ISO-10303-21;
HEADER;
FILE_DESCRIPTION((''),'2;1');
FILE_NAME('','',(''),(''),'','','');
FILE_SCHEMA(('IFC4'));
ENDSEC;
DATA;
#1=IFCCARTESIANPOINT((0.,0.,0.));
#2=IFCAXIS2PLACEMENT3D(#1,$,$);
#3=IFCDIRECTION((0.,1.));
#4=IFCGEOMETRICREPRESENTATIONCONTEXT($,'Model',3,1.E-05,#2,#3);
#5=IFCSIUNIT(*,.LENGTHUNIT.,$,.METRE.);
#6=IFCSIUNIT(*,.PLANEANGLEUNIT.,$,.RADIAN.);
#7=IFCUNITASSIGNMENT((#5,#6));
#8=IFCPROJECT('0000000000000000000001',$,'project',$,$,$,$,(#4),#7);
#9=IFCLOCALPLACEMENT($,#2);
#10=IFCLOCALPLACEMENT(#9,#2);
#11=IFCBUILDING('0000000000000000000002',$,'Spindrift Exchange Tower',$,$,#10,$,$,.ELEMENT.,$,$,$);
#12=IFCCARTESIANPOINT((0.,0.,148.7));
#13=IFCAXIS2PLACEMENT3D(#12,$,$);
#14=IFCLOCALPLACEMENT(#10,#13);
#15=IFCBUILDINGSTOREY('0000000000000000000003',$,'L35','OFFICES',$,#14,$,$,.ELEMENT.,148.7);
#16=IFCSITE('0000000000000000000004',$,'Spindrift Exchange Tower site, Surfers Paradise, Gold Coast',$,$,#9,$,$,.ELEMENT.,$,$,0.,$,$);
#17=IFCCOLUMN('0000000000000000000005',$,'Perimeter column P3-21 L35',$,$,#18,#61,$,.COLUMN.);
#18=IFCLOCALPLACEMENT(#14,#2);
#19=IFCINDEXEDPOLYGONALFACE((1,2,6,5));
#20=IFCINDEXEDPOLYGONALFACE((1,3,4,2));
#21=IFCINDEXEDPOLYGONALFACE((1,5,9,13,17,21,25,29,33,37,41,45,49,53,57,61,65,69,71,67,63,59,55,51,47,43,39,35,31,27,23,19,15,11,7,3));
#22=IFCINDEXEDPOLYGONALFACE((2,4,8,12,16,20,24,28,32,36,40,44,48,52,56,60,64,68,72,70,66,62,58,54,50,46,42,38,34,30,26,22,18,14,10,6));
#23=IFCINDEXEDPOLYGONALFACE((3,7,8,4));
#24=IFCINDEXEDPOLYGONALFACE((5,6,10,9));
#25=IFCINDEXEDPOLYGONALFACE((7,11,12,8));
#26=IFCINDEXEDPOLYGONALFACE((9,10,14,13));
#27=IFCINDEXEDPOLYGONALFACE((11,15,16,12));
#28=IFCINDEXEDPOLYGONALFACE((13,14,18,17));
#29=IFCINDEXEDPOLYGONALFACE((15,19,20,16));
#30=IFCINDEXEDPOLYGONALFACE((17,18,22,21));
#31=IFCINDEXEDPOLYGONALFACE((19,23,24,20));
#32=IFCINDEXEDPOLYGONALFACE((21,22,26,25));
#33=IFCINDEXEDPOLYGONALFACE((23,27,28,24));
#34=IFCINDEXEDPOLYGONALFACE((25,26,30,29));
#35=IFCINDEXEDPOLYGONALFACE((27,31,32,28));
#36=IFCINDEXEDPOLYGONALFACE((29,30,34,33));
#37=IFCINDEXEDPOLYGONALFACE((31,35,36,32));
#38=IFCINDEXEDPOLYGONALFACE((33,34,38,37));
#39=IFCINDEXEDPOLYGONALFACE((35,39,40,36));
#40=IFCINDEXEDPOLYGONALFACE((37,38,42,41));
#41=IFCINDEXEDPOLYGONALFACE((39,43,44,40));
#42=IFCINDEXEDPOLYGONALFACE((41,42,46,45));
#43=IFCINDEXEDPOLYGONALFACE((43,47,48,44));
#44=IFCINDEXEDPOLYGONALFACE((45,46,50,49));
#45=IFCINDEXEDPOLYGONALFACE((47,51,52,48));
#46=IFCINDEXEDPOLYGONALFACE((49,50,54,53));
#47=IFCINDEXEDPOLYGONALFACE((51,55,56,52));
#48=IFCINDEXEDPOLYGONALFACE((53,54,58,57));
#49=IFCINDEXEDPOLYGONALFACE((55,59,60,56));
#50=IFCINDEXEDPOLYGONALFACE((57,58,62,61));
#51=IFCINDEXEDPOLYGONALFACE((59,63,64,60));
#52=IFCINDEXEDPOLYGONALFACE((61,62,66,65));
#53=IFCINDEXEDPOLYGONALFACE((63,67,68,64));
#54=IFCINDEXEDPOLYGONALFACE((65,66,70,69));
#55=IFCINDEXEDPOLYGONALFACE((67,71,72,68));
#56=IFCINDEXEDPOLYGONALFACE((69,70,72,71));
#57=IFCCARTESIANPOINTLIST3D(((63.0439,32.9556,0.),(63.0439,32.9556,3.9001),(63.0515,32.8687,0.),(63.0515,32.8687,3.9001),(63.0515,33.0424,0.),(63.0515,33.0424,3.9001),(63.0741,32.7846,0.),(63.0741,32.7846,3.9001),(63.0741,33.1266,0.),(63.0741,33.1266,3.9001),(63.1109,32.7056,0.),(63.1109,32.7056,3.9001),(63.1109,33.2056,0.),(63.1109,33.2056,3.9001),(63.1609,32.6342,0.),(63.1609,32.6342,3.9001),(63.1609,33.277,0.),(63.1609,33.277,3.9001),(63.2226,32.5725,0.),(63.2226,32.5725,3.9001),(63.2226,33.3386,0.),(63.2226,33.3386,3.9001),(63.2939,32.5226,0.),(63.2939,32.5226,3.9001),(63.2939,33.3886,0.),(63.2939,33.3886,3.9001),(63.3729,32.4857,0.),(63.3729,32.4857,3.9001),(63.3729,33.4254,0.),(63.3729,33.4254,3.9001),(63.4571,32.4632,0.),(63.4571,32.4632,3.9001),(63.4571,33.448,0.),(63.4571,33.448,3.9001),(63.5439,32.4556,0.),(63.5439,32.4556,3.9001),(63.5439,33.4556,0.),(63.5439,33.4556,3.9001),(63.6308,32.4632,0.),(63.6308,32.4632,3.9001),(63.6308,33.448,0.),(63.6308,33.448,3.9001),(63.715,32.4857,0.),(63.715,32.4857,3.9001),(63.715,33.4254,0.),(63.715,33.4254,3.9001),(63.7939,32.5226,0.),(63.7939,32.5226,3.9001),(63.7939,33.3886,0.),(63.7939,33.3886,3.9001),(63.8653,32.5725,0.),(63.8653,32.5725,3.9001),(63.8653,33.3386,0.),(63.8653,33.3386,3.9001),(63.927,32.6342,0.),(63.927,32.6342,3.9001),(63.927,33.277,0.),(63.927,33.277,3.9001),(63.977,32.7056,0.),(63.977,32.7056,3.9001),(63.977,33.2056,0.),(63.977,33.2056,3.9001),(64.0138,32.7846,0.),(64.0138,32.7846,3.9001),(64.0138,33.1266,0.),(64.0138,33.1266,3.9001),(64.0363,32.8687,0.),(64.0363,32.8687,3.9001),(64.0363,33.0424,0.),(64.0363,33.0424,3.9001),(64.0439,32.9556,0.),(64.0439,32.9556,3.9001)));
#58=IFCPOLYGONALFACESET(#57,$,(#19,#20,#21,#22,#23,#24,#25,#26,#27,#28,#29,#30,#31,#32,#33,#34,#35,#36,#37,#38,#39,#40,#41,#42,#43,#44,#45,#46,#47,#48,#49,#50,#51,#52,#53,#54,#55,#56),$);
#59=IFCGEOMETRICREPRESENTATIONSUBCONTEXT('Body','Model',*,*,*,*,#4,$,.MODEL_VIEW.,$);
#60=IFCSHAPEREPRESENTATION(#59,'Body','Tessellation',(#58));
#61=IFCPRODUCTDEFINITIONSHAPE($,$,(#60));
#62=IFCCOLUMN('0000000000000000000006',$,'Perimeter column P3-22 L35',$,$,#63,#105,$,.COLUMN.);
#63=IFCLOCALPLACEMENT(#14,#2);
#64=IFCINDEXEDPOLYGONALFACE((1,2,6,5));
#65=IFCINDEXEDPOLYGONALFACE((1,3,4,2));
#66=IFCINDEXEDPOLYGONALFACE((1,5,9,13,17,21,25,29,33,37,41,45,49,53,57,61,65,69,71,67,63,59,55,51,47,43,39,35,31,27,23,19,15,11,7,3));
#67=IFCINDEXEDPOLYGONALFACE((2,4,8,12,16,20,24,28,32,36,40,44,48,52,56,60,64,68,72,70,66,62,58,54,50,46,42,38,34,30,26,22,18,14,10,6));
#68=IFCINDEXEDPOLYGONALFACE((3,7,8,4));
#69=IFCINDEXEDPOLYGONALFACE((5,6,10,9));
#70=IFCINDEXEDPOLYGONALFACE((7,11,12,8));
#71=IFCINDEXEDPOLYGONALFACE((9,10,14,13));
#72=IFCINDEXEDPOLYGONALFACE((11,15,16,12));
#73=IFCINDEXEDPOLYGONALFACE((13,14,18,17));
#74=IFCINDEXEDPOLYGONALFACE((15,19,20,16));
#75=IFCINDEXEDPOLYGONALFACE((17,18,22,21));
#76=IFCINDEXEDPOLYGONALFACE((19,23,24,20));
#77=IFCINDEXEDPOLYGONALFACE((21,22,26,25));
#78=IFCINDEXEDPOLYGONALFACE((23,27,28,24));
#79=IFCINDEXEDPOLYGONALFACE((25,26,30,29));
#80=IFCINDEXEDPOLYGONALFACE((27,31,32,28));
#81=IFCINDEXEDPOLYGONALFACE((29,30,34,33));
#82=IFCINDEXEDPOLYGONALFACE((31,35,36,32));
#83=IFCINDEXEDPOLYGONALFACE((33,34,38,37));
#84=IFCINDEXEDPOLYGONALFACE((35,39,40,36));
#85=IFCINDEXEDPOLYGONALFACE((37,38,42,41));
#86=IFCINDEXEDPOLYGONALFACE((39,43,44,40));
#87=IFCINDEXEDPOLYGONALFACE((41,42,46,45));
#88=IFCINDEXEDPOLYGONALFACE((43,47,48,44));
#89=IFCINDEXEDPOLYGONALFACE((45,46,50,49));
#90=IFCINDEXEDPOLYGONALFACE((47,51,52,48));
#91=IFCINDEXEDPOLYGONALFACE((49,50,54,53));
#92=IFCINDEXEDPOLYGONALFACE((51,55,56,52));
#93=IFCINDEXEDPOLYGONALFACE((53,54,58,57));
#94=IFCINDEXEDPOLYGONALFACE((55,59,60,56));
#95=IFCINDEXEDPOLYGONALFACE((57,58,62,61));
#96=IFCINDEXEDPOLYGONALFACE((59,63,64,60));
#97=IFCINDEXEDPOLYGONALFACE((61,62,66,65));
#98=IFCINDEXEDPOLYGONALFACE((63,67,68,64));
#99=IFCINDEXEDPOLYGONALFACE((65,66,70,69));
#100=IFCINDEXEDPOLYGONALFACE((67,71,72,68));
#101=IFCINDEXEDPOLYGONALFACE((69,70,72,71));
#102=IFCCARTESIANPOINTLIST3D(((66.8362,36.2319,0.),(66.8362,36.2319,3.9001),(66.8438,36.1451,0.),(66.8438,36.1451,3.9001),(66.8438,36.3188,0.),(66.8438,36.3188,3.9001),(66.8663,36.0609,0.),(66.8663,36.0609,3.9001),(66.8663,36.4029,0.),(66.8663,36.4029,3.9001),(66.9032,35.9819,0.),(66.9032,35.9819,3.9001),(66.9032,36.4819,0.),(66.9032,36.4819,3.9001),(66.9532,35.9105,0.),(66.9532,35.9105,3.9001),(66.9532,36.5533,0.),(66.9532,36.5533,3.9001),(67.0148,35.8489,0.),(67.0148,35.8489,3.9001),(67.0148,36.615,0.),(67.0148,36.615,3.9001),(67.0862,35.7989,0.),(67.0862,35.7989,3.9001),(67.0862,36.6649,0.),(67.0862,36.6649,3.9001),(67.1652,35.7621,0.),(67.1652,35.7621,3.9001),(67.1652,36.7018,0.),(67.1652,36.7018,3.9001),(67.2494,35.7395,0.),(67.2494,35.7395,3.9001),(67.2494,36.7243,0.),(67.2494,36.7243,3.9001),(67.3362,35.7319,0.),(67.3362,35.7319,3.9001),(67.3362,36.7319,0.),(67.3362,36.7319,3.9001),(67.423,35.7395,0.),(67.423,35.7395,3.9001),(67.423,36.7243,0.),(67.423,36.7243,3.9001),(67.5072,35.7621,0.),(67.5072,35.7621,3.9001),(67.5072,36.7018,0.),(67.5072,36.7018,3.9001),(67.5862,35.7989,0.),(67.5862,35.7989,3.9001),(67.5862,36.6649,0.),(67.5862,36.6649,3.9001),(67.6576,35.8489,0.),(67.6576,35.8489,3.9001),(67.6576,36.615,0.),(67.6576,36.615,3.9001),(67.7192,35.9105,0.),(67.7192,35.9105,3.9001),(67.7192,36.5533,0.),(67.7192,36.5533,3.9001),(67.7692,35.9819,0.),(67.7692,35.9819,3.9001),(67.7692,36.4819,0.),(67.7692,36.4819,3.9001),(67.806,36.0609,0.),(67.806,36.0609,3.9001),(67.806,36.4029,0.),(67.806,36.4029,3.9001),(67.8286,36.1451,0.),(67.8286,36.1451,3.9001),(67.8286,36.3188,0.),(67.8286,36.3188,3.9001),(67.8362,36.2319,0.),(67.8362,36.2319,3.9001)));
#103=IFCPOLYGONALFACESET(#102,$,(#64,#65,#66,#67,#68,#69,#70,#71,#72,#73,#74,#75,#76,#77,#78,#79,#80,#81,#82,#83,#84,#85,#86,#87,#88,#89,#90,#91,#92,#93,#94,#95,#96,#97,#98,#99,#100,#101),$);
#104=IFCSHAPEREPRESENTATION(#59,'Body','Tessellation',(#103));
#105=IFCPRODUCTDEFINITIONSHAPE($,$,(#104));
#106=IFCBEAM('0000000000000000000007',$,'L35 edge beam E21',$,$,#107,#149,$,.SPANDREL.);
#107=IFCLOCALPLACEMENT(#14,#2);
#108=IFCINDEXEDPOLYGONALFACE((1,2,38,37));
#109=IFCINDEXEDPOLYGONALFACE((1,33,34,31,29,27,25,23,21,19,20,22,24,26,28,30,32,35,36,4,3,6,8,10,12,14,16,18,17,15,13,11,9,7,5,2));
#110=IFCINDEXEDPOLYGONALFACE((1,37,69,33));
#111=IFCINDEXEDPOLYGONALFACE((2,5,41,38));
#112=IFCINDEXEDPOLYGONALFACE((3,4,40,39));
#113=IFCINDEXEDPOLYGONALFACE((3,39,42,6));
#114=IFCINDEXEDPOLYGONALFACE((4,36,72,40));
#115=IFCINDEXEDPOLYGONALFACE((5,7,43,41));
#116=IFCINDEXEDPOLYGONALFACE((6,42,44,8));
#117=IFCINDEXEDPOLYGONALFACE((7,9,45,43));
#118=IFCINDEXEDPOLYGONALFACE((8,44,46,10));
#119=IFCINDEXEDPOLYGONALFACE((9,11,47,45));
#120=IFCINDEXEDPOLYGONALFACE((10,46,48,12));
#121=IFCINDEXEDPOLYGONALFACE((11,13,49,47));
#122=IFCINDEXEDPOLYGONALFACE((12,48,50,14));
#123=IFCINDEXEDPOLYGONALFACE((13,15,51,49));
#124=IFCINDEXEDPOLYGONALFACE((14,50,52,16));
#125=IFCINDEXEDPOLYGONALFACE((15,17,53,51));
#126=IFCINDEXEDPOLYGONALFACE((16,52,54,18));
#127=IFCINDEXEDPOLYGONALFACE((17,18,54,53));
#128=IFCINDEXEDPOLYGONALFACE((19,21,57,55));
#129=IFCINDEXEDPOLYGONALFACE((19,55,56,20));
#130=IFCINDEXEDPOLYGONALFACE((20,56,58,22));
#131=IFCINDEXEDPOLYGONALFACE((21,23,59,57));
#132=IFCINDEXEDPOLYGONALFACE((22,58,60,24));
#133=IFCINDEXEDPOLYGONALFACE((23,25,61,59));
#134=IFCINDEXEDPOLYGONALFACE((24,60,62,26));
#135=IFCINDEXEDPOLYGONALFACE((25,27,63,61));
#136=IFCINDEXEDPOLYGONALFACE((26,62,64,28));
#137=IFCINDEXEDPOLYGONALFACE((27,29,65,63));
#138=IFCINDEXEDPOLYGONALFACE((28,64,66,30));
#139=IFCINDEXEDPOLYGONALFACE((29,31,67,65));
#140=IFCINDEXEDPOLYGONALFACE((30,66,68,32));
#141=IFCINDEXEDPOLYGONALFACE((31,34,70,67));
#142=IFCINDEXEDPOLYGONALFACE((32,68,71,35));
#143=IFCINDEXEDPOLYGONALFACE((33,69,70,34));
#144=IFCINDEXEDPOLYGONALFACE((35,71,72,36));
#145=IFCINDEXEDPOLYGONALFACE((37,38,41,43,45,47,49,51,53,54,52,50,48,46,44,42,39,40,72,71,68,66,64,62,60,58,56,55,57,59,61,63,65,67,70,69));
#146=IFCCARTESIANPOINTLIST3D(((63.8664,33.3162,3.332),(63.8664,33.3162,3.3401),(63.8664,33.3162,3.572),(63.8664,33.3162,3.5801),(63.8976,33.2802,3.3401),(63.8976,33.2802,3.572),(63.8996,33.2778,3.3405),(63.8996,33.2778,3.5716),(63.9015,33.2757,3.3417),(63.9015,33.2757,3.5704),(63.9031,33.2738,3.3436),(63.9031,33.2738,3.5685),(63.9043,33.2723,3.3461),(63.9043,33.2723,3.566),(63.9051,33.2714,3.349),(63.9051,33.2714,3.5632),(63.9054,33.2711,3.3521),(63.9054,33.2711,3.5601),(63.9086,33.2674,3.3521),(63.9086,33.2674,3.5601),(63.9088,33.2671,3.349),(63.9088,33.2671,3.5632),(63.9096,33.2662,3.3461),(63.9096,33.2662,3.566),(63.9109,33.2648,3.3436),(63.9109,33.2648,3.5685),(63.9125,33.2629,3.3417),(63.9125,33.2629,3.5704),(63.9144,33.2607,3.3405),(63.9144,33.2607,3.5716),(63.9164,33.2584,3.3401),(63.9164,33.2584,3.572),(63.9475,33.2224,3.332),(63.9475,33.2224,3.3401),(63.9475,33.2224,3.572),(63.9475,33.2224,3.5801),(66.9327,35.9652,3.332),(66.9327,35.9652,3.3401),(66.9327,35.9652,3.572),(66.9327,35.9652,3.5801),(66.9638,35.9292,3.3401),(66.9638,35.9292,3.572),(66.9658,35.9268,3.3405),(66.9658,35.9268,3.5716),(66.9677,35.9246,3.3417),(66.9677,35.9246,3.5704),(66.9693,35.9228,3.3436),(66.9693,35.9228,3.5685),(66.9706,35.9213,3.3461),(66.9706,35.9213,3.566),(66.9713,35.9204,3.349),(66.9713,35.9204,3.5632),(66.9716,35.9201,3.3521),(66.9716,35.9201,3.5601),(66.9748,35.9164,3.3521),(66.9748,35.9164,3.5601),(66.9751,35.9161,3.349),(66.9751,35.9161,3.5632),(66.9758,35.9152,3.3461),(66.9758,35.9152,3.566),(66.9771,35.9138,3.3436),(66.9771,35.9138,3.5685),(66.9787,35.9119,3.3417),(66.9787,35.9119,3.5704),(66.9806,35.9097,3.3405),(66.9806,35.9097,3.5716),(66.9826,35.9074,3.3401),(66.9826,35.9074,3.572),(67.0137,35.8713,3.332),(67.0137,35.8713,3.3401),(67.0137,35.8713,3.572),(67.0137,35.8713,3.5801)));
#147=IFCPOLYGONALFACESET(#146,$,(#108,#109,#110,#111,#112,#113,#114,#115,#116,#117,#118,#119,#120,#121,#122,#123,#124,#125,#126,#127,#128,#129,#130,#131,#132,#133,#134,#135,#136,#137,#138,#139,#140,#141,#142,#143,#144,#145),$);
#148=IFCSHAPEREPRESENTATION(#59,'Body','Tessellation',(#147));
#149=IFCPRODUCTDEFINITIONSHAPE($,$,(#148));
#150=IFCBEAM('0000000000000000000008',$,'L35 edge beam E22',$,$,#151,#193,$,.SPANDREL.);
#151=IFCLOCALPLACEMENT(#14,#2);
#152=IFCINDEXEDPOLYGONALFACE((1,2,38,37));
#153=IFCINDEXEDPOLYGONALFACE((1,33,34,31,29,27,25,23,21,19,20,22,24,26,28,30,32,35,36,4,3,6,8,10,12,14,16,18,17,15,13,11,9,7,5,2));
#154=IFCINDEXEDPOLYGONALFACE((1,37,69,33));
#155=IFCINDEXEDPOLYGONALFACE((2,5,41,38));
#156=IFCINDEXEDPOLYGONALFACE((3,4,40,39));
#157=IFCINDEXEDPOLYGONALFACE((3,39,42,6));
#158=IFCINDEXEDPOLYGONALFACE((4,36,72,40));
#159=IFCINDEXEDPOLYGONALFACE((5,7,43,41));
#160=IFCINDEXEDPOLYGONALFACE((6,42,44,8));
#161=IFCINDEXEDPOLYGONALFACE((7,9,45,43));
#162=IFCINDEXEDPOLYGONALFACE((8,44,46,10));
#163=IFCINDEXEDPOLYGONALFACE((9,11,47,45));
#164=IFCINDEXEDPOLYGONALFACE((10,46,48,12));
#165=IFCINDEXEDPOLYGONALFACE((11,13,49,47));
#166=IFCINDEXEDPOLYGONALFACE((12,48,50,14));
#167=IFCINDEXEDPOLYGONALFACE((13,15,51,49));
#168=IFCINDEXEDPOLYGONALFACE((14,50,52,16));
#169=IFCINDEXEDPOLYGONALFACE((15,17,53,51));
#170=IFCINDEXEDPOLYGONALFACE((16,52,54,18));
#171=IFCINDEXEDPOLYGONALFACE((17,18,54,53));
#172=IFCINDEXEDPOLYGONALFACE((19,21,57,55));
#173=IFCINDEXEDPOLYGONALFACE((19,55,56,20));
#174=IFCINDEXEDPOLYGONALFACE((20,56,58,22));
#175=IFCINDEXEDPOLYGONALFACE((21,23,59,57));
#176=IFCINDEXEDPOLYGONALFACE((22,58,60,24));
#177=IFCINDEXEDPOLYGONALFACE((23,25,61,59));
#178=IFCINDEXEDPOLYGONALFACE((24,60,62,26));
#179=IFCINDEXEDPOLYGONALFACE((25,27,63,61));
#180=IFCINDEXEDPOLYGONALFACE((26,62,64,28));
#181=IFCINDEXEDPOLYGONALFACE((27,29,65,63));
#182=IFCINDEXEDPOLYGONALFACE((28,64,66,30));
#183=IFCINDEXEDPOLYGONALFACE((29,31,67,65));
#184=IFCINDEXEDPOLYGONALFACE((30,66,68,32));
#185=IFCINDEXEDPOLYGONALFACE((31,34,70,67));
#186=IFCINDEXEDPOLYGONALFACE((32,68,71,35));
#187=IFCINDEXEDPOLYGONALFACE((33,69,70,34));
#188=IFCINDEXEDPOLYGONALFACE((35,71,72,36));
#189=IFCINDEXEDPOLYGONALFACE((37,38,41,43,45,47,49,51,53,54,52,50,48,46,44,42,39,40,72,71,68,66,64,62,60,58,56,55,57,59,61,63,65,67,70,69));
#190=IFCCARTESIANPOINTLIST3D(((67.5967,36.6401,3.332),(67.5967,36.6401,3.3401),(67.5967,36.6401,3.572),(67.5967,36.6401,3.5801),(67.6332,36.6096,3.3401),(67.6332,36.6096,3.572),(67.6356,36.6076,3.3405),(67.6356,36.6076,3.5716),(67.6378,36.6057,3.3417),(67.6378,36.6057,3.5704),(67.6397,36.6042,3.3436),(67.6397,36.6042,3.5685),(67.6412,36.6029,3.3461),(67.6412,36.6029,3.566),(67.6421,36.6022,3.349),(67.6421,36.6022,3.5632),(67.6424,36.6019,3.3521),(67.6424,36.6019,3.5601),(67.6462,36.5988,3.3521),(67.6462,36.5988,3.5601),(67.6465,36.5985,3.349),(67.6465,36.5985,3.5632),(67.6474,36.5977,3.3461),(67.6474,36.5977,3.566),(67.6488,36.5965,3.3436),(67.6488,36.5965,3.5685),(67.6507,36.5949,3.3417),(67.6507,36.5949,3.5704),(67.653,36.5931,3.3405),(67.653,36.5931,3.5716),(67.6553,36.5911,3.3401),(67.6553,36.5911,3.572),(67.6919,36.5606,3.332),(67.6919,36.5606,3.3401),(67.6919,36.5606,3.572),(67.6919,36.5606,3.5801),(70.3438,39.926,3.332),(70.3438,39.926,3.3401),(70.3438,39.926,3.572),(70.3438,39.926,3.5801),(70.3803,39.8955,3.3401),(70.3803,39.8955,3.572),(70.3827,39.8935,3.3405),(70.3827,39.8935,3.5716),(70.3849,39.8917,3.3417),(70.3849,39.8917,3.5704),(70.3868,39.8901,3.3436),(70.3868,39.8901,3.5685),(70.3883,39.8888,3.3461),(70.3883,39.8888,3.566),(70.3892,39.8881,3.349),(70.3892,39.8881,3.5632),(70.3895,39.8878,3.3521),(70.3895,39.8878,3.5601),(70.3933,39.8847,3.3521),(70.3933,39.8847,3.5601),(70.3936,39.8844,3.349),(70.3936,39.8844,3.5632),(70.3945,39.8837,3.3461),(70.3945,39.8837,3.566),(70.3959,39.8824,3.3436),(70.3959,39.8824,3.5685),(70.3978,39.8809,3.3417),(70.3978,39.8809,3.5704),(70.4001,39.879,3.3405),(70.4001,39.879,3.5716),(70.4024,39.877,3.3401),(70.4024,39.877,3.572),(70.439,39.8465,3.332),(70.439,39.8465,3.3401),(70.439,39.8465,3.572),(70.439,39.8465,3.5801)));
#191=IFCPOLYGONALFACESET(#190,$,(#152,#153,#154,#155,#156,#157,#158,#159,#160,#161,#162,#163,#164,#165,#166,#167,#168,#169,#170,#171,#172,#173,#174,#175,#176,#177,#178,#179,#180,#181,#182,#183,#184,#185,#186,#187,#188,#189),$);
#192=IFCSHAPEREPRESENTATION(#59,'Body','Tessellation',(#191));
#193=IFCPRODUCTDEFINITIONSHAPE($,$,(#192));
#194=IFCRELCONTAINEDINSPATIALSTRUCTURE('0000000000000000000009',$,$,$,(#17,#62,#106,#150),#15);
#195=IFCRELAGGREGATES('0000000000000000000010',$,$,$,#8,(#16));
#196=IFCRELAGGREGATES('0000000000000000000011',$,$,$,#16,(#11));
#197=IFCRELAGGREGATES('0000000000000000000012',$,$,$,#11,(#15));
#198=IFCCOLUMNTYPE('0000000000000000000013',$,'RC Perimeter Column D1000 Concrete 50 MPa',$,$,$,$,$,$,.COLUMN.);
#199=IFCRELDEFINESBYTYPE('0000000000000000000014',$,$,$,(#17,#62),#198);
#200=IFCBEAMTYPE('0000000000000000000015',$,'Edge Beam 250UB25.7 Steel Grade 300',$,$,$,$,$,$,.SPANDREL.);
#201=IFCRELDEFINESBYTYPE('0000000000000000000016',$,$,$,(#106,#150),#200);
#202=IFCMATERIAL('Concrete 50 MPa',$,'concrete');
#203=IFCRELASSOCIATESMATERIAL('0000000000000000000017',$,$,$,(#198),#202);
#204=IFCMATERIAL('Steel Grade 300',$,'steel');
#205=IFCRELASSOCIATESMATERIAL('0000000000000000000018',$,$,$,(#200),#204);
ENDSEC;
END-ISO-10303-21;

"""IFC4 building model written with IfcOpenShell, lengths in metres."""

from ifc_helpers import new_model, si_unit, direction, frame, origin, origin_2d, place, context, subcontext, project, spatial, circle, i_section, extrude, source, transform, mapped, material, material_profile, profile_set, type_object, element, save


model = new_model("IFC4")

# Units and contexts
model_context = context("Model", 3, precision=1e-05, world=origin(), true_north=direction((0.0, 1.0)))
body_context = subcontext(model_context, "Body", "Model", "MODEL_VIEW")
ifc_project = project(units=[si_unit("LENGTHUNIT", "METRE"), si_unit("PLANEANGLEUNIT", "RADIAN")], contexts=[model_context])

# Site, building, storey
site_placement = place(None, origin())
site = spatial("IfcSite", under=ifc_project, at=site_placement, Name="Spindrift Exchange Tower site, Surfers Paradise, Gold Coast", CompositionType="ELEMENT", RefElevation=0.0)
building_placement = place(site_placement, origin())
building = spatial("IfcBuilding", under=site, at=building_placement, Name="Spindrift Exchange Tower", CompositionType="ELEMENT")
storey_placement = place(building_placement, frame((0.0, 0.0, 148.7)))
storey = spatial("IfcBuildingStorey", under=building, at=storey_placement, Name="L35", Description="OFFICES", CompositionType="ELEMENT", Elevation=148.7)

# Columns
ifc_material_1 = material(Name="Concrete 50 MPa", Category="concrete")
ifc_material_profile_1 = material_profile(ifc_material_1, circle(Radius=0.5, at=origin_2d()), Name="RC D1000")
ifc_profile_set_1 = profile_set([ifc_material_profile_1], Name="Concrete 50 MPa")
column_type = type_object("IfcColumnType", Name="RC Perimeter Column D1000 Concrete 50 MPa", PredefinedType="COLUMN", material=ifc_profile_set_1)
shared_shape_1 = source(origin(), body_context, "Body", "SweptSolid", [
    extrude(circle(Radius=0.5, at=origin_2d()), origin(), (0.0, 0.0, 1.0), 3.9001),
])
for number, where, z_axis, x_axis, name in (
    (1, (63.5439, 32.9556, 0.0), (0.0, 0.0, 1.0), (1.0, 0.0, 0.0), "Perimeter column P3-21 L35"),
    (2, (67.3362, 36.2319, 0.0), (0.0, 0.0, 1.0), (1.0, 0.0, 0.0), "Perimeter column P3-22 L35"),
):
    element("IfcColumn", number, at=place(storey_placement, frame(where, z_axis=z_axis, x_axis=x_axis)), inside=storey, type_object=column_type, Name=name, PredefinedType="COLUMN", context=body_context, shape_type="MappedRepresentation", body=[
        mapped(shared_shape_1, transform((0.0, 0.0, 0.0), scale=1.0)),
    ])

# Beams
ifc_material_2 = material(Name="Steel Grade 300", Category="steel")
ifc_material_profile_2 = material_profile(ifc_material_2, i_section(OverallWidth=0.124, OverallDepth=0.248, WebThickness=0.0049, FlangeThickness=0.0081, FilletRadius=0.012, at=origin_2d()), Name="250UB25.7")
ifc_profile_set_2 = profile_set([ifc_material_profile_2], Name="Steel Grade 300")
beam_type = type_object("IfcBeamType", Name="Edge Beam 250UB25.7 Steel Grade 300", PredefinedType="SPANDREL", material=ifc_profile_set_2)
shared_shape_2 = source(origin(), body_context, "Body", "SweptSolid", [
    extrude(i_section(OverallWidth=0.124, OverallDepth=0.248, WebThickness=0.0049, FlangeThickness=0.0081, FilletRadius=0.012, at=origin_2d()), origin(), (0.0, 0.0, 1.0), 4.052),
])
beam_1_placement = place(storey_placement, frame((63.907, 33.2693, 3.4561), z_axis=(0.756716, 0.653744, 0.0), x_axis=(-0.653744, 0.756716, 0.0)))
element("IfcBeam", 3, at=beam_1_placement, inside=storey, type_object=beam_type, Name="L35 edge beam E21", PredefinedType="SPANDREL", context=body_context, shape_type="MappedRepresentation", body=[
    mapped(shared_shape_2, transform((0.0, 0.0, 0.0), scale=1.0)),
])
shared_shape_3 = source(origin(), body_context, "Body", "SweptSolid", [
    extrude(i_section(OverallWidth=0.124, OverallDepth=0.248, WebThickness=0.0049, FlangeThickness=0.0081, FilletRadius=0.012, at=origin_2d()), origin(), (0.0, 0.0, 1.0), 4.283),
])
beam_2_placement = place(storey_placement, frame((67.6443, 36.6003, 3.4561), z_axis=(0.6414, 0.767206, 0.0), x_axis=(-0.767206, 0.6414, 0.0)))
element("IfcBeam", 4, at=beam_2_placement, inside=storey, type_object=beam_type, Name="L35 edge beam E22", PredefinedType="SPANDREL", context=body_context, shape_type="MappedRepresentation", body=[
    mapped(shared_shape_3, transform((0.0, 0.0, 0.0), scale=1.0)),
])

save(model, "model.ifc")
